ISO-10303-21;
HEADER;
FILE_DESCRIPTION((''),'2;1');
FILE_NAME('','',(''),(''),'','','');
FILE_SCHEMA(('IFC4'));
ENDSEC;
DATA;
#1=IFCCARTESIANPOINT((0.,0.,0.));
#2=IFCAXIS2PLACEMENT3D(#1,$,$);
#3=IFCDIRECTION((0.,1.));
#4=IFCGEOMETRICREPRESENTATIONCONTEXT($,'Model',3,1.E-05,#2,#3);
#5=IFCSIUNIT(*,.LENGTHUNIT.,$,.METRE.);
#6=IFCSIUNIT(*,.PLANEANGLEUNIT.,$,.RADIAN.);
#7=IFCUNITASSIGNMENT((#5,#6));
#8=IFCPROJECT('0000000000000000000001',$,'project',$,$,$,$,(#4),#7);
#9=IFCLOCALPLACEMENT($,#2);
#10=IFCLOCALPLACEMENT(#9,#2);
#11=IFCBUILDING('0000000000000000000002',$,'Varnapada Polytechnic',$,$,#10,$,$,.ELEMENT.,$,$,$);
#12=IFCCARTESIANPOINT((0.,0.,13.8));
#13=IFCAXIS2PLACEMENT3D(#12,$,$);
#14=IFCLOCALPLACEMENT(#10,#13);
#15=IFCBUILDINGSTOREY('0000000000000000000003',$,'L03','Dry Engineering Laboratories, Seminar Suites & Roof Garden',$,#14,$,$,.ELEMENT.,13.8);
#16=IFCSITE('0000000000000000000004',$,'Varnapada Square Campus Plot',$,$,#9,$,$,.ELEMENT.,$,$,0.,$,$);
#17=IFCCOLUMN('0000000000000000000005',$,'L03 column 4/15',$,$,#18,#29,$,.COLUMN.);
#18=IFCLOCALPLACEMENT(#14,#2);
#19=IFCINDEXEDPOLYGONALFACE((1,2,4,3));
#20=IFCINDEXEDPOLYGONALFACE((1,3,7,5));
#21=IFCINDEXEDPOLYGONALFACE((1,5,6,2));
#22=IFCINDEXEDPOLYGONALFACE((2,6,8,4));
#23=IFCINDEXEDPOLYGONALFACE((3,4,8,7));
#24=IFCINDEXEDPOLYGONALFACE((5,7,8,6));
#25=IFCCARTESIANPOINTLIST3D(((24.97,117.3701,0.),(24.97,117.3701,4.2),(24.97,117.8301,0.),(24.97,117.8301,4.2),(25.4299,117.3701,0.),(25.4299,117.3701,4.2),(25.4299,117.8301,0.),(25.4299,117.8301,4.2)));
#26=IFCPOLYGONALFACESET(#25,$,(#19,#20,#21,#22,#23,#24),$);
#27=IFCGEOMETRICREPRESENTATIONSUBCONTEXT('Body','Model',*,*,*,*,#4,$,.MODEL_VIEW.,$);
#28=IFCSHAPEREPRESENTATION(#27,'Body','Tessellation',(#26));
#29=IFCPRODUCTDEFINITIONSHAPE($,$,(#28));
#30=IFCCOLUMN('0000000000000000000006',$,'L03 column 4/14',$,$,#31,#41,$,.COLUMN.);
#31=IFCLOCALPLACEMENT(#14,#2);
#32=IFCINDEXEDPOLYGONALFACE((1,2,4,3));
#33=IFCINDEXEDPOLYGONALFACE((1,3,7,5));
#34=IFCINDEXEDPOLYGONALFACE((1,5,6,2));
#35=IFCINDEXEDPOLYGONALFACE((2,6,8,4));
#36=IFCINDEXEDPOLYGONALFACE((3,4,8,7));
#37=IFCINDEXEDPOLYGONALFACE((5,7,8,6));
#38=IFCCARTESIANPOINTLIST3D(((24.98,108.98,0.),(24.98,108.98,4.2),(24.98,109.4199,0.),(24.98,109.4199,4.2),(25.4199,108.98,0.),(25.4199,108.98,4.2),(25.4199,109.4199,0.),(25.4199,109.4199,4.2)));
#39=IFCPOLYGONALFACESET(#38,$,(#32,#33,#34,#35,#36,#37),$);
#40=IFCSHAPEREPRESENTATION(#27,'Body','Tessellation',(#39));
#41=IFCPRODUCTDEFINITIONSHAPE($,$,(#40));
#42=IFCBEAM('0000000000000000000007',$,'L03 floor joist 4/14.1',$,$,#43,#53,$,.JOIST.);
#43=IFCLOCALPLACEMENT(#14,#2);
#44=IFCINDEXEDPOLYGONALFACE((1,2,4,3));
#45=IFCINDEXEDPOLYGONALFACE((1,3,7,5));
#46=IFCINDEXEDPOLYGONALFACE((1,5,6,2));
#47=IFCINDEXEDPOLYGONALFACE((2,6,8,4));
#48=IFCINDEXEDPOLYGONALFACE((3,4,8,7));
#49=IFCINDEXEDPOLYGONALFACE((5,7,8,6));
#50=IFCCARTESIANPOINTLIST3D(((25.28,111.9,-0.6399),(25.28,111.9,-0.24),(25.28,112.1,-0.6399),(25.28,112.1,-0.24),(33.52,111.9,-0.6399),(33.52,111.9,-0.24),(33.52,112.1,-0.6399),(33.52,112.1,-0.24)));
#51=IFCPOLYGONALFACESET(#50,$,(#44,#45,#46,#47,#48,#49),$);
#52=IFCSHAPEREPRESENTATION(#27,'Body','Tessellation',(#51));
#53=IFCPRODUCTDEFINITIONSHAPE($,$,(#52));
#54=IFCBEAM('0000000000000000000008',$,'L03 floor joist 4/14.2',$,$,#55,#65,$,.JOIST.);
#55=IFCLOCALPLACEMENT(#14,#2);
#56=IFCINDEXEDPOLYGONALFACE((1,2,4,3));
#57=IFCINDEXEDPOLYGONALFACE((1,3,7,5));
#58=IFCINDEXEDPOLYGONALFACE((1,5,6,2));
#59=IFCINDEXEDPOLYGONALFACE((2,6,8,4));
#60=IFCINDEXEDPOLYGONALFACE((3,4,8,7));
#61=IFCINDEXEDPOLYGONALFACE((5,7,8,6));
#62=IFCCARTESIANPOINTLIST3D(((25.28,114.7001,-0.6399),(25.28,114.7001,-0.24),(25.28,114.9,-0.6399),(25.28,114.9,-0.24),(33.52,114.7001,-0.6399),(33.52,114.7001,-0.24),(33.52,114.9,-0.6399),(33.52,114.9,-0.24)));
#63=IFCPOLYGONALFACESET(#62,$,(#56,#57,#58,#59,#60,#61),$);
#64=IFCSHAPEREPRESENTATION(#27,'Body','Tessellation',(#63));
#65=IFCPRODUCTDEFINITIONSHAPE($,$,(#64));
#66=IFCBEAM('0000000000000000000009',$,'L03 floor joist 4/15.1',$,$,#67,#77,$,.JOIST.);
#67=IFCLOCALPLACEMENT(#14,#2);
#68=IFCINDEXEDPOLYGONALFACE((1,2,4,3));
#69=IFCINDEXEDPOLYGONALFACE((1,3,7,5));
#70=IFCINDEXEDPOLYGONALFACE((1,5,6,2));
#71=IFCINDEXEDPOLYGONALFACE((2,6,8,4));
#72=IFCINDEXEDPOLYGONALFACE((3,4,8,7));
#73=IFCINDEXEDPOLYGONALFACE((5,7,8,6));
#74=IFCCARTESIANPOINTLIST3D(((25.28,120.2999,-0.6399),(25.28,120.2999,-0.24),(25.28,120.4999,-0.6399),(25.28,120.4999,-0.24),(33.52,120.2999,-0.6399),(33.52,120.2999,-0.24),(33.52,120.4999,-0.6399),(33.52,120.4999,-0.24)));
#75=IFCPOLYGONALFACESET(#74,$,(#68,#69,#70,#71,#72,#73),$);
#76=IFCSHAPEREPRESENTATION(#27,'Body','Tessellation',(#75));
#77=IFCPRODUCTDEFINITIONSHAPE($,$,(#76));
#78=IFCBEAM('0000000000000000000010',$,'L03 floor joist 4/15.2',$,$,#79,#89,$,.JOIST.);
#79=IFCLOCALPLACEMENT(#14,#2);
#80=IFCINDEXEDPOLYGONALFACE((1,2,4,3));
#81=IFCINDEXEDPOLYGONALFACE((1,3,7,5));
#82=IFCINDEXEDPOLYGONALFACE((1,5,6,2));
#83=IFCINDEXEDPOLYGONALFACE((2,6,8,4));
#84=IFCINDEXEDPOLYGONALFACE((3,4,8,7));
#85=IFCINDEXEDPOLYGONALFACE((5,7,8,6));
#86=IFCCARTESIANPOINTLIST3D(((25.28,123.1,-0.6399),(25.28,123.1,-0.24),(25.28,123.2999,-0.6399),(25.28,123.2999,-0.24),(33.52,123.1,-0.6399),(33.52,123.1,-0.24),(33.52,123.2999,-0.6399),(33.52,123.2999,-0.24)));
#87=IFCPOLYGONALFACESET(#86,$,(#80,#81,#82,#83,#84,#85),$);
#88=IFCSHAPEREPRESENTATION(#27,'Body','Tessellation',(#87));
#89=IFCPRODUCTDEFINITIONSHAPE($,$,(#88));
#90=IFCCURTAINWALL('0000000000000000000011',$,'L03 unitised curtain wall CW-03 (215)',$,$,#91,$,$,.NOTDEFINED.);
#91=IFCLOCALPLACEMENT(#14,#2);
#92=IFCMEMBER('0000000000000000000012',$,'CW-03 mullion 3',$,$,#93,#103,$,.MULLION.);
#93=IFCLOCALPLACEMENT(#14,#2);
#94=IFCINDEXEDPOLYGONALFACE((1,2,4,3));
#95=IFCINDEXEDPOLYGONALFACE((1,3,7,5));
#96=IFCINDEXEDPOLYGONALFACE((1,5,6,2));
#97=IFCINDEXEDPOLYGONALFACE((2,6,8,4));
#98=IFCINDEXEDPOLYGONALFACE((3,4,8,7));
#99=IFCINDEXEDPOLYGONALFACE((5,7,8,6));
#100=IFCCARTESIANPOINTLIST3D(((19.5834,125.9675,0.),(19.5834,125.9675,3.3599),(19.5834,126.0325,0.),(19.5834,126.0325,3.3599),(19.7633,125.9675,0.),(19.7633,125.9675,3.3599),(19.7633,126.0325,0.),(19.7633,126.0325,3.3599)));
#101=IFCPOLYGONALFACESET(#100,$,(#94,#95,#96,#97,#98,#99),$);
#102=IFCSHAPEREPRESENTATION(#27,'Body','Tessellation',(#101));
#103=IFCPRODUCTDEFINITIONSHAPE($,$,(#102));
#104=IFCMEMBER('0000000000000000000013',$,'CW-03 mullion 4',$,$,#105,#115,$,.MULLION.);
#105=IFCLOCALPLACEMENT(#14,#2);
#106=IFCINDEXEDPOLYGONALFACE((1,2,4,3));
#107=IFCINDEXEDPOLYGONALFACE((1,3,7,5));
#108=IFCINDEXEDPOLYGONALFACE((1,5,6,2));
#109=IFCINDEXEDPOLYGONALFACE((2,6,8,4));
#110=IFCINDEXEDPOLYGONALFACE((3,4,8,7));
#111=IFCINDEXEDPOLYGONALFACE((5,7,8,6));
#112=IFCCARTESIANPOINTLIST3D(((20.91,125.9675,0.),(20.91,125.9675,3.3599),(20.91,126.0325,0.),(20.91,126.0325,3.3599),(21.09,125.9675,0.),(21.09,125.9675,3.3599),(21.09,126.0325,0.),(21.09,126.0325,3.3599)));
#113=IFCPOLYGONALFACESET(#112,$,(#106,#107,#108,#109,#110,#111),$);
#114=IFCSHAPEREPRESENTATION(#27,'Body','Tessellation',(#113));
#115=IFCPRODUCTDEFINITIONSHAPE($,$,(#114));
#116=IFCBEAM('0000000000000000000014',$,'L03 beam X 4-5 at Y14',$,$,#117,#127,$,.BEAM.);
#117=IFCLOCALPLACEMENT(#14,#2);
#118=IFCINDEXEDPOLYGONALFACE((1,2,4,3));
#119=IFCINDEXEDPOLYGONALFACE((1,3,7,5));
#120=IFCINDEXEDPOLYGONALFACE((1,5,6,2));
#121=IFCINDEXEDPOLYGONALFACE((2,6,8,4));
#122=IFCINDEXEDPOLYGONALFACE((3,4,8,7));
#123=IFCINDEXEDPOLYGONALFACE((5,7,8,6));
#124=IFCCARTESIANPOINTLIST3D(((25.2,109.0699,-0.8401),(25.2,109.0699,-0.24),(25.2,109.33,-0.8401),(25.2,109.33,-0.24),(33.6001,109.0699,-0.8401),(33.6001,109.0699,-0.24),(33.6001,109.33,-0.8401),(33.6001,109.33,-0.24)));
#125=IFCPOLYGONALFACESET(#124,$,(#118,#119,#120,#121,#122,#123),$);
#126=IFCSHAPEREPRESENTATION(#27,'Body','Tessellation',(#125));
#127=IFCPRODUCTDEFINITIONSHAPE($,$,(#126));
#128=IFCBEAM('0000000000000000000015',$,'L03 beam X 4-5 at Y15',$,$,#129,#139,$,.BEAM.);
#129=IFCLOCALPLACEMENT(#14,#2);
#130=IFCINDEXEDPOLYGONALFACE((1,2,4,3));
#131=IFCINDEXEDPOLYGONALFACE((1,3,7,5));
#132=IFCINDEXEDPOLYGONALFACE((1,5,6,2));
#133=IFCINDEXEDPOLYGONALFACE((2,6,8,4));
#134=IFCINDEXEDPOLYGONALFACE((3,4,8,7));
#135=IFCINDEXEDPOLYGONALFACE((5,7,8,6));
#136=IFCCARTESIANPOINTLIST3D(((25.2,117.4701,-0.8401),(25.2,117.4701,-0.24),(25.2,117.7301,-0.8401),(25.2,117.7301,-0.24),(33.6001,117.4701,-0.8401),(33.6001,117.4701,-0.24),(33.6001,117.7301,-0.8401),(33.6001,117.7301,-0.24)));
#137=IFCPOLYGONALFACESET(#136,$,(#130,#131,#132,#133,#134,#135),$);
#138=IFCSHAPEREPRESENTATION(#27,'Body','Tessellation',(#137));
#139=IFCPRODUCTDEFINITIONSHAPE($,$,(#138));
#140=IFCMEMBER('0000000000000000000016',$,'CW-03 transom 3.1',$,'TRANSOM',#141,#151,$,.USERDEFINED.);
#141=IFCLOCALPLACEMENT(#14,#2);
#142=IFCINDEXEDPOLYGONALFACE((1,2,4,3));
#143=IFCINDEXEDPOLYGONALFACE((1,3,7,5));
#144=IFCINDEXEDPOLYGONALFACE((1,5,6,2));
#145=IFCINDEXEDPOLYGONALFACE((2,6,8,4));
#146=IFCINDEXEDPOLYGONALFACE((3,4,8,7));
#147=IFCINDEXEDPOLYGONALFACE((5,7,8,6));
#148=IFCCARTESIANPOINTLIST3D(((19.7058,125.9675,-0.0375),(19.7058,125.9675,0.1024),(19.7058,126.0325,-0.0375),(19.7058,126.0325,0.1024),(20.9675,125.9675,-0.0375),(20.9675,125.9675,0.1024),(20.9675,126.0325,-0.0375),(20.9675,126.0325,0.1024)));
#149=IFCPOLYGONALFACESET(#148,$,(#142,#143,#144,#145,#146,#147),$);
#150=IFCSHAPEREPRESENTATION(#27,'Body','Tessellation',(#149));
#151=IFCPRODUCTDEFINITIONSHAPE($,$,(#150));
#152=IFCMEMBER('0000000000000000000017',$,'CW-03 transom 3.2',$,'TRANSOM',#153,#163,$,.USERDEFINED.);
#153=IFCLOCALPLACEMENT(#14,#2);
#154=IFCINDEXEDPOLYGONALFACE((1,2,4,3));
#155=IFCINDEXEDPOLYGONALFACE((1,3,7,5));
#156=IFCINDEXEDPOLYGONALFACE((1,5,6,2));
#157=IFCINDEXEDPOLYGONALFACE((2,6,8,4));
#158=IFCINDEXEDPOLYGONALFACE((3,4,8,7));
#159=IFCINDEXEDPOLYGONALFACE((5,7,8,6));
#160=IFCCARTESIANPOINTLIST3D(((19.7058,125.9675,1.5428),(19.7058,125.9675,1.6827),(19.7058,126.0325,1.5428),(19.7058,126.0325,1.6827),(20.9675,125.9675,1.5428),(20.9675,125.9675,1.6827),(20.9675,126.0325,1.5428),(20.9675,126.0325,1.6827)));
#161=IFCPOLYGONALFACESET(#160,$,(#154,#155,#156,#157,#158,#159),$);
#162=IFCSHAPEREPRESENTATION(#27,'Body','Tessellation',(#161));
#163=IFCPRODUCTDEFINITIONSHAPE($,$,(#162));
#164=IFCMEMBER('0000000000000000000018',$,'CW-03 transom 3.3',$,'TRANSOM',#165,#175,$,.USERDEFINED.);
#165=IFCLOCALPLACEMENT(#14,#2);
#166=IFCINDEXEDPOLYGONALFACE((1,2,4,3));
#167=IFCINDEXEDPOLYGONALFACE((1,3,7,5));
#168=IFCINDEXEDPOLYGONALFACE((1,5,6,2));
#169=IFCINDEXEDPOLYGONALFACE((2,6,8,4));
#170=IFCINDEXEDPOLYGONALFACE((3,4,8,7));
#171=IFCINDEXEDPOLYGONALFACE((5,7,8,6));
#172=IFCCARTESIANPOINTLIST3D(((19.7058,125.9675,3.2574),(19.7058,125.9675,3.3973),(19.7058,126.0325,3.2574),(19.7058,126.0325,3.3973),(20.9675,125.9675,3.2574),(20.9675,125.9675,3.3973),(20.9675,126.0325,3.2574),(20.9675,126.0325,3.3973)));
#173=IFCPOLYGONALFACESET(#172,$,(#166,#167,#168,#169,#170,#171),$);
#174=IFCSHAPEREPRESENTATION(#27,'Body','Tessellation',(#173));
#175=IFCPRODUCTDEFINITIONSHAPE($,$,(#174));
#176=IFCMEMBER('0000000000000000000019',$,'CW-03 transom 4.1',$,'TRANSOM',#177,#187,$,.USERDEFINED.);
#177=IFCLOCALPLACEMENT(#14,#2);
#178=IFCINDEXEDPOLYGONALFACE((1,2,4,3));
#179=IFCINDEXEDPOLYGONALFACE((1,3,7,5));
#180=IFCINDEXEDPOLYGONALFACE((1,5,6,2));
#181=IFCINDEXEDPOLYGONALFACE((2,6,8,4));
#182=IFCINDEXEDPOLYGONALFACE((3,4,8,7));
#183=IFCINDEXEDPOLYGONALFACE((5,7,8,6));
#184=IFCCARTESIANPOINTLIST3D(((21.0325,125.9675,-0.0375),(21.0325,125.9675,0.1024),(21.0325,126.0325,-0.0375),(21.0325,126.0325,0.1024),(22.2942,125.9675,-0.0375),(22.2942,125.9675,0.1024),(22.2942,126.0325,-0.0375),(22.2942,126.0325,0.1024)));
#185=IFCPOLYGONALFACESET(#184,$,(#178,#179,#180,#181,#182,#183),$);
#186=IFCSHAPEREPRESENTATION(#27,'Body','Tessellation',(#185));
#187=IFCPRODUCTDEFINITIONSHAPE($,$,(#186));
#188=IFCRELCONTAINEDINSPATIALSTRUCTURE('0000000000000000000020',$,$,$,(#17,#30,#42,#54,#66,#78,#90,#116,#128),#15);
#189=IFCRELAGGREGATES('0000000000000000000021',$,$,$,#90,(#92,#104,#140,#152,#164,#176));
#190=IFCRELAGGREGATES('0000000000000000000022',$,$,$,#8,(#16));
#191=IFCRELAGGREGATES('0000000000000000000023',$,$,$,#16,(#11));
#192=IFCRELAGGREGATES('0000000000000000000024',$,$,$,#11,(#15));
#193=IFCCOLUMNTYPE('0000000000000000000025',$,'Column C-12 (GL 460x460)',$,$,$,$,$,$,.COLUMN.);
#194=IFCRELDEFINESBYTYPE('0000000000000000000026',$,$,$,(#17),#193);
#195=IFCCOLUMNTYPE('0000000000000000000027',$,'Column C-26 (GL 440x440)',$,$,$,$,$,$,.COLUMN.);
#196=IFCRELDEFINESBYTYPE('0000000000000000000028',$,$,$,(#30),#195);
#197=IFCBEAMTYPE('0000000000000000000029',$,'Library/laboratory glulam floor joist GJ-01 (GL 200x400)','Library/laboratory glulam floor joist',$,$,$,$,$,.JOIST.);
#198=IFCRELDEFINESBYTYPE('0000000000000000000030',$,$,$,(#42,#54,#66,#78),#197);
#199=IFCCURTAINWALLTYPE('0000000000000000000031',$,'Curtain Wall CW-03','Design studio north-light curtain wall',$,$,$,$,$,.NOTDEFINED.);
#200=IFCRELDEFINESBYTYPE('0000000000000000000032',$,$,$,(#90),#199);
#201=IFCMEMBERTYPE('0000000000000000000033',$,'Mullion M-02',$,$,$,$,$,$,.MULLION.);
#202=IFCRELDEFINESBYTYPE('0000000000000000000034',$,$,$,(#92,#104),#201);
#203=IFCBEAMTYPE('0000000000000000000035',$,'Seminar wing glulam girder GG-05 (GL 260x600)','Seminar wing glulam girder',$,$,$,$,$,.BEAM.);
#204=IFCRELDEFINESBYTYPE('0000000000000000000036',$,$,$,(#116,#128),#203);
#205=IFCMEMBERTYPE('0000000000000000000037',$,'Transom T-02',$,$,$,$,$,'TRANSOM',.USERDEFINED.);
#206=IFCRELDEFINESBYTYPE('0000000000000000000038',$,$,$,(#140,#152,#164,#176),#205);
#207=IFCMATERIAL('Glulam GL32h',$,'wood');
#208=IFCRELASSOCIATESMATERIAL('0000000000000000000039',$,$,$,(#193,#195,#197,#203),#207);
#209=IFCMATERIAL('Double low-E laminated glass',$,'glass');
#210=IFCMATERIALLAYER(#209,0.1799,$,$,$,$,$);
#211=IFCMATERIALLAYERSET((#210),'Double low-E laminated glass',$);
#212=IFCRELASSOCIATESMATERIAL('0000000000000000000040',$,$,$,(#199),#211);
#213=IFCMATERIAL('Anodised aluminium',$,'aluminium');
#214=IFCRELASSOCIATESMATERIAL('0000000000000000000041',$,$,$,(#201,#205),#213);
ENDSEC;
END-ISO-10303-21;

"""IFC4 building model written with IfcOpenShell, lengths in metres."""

from ifc_helpers import new_model, si_unit, direction, frame, origin, origin_2d, place, context, subcontext, project, spatial, rectangle, extrude, material, layer, layer_set, material_profile, profile_set, type_object, element, aggregate, save


model = new_model("IFC4")

# Units and contexts
model_context = context("Model", 3, precision=1e-05, world=origin(), true_north=direction((0.0, 1.0)))
body_context = subcontext(model_context, "Body", "Model", "MODEL_VIEW")
ifc_project = project(units=[si_unit("LENGTHUNIT", "METRE"), si_unit("PLANEANGLEUNIT", "RADIAN")], contexts=[model_context])

# Site, building, storey
site_placement = place(None, origin())
site = spatial("IfcSite", under=ifc_project, at=site_placement, Name="Varnapada Square Campus Plot", CompositionType="ELEMENT", RefElevation=0.0)
building_placement = place(site_placement, origin())
building = spatial("IfcBuilding", under=site, at=building_placement, Name="Varnapada Polytechnic", CompositionType="ELEMENT")
storey_placement = place(building_placement, frame((0.0, 0.0, 13.8)))
storey = spatial("IfcBuildingStorey", under=building, at=storey_placement, Name="L03", Description="Dry Engineering Laboratories, Seminar Suites & Roof Garden", CompositionType="ELEMENT", Elevation=13.8)

# Columns
ifc_material_1 = material(Name="Glulam GL32h", Category="wood")
ifc_material_profile_1 = material_profile(ifc_material_1, rectangle(XDim=0.46, YDim=0.46, at=origin_2d()), Name="GL 460x460")
ifc_profile_set_1 = profile_set([ifc_material_profile_1], Name="Glulam GL32h")
column_type_1 = type_object("IfcColumnType", Name="Column C-12 (GL 460x460)", PredefinedType="COLUMN", material=ifc_profile_set_1)
column_1_placement = place(storey_placement, frame((25.2, 117.6001, 0.0), z_axis=(0.0, 0.0, 1.0), x_axis=(1.0, 0.0, 0.0)))
element("IfcColumn", 1, at=column_1_placement, inside=storey, type_object=column_type_1, Name="L03 column 4/15", PredefinedType="COLUMN", context=body_context, shape_type="SweptSolid", body=[
    extrude(rectangle(XDim=0.46, YDim=0.46, at=origin_2d()), origin(), (0.0, 0.0, 1.0), 4.2),
])
ifc_material_profile_2 = material_profile(ifc_material_1, rectangle(XDim=0.4399, YDim=0.4399, at=origin_2d()), Name="GL 440x440")
ifc_profile_set_2 = profile_set([ifc_material_profile_2], Name="Glulam GL32h")
column_type_2 = type_object("IfcColumnType", Name="Column C-26 (GL 440x440)", PredefinedType="COLUMN", material=ifc_profile_set_2)
column_2_placement = place(storey_placement, frame((25.2, 109.2, 0.0), z_axis=(0.0, 0.0, 1.0), x_axis=(1.0, 0.0, 0.0)))
element("IfcColumn", 2, at=column_2_placement, inside=storey, type_object=column_type_2, Name="L03 column 4/14", PredefinedType="COLUMN", context=body_context, shape_type="SweptSolid", body=[
    extrude(rectangle(XDim=0.4399, YDim=0.4399, at=origin_2d()), origin(), (0.0, 0.0, 1.0), 4.2),
])

# Beams
ifc_material_profile_3 = material_profile(ifc_material_1, rectangle(XDim=0.2, YDim=0.3999, at=origin_2d()), Name="GL 200x400")
ifc_profile_set_3 = profile_set([ifc_material_profile_3], Name="Glulam GL32h")
beam_type_1 = type_object("IfcBeamType", Name="Library/laboratory glulam floor joist GJ-01 (GL 200x400)", Description="Library/laboratory glulam floor joist", PredefinedType="JOIST", material=ifc_profile_set_3)
for number, where, z_axis, x_axis, name in (
    (3, (25.28, 112.0, -0.4399), (1.0, 0.0, 0.0), (0.0, 1.0, 0.0), "L03 floor joist 4/14.1"),
    (4, (25.28, 114.8, -0.4399), (1.0, 0.0, 0.0), (0.0, 1.0, 0.0), "L03 floor joist 4/14.2"),
    (5, (25.28, 120.3999, -0.4399), (1.0, 0.0, 0.0), (0.0, 1.0, 0.0), "L03 floor joist 4/15.1"),
    (6, (25.28, 123.2, -0.4399), (1.0, 0.0, 0.0), (0.0, 1.0, 0.0), "L03 floor joist 4/15.2"),
):
    element("IfcBeam", number, at=place(storey_placement, frame(where, z_axis=z_axis, x_axis=x_axis)), inside=storey, type_object=beam_type_1, Name=name, PredefinedType="JOIST", context=body_context, shape_type="SweptSolid", body=[
        extrude(rectangle(XDim=0.2, YDim=0.3999, at=origin_2d()), origin(), (0.0, 0.0, 1.0), 8.24),
    ])

# Curtain wall, members
ifc_material_2 = material(Name="Double low-E laminated glass", Category="glass")
ifc_layer_1 = layer(ifc_material_2, 0.1799)
ifc_layer_set_1 = layer_set([ifc_layer_1], Name="Double low-E laminated glass")
curtain_wall_type = type_object("IfcCurtainWallType", Name="Curtain Wall CW-03", Description="Design studio north-light curtain wall", PredefinedType="NOTDEFINED", material=ifc_layer_set_1)
curtain_wall_placement = place(storey_placement, origin())
curtain_wall = element("IfcCurtainWall", 7, at=curtain_wall_placement, inside=storey, type_object=curtain_wall_type, Name="L03 unitised curtain wall CW-03 (215)", PredefinedType="NOTDEFINED")
ifc_material_3 = material(Name="Anodised aluminium", Category="aluminium")
ifc_material_profile_4 = material_profile(ifc_material_3, rectangle(XDim=0.0649, YDim=0.1799, at=origin_2d()), Name="ALU M65x180")
ifc_profile_set_4 = profile_set([ifc_material_profile_4], Name="Anodised aluminium")
member_type_1 = type_object("IfcMemberType", Name="Mullion M-02", PredefinedType="MULLION", material=ifc_profile_set_4)
member_1_placement = place(storey_placement, frame((19.6733, 126.0, 0.0), z_axis=(0.0, 0.0, 1.0), x_axis=(0.0, 1.0, 0.0)))
member_1 = element("IfcMember", 8, at=member_1_placement, type_object=member_type_1, Name="CW-03 mullion 3", PredefinedType="MULLION", context=body_context, shape_type="SweptSolid", body=[
    extrude(rectangle(XDim=0.0649, YDim=0.1799, at=origin_2d()), origin(), (0.0, 0.0, 1.0), 3.3599),
])
member_2_placement = place(storey_placement, frame((21.0, 126.0, 0.0), z_axis=(0.0, 0.0, 1.0), x_axis=(0.0, 1.0, 0.0)))
member_2 = element("IfcMember", 9, at=member_2_placement, type_object=member_type_1, Name="CW-03 mullion 4", PredefinedType="MULLION", context=body_context, shape_type="SweptSolid", body=[
    extrude(rectangle(XDim=0.0649, YDim=0.1799, at=origin_2d()), origin(), (0.0, 0.0, 1.0), 3.3599),
])

# Beams
ifc_material_profile_5 = material_profile(ifc_material_1, rectangle(XDim=0.26, YDim=0.6001, at=origin_2d()), Name="GL 260x600")
ifc_profile_set_5 = profile_set([ifc_material_profile_5], Name="Glulam GL32h")
beam_type_2 = type_object("IfcBeamType", Name="Seminar wing glulam girder GG-05 (GL 260x600)", Description="Seminar wing glulam girder", PredefinedType="BEAM", material=ifc_profile_set_5)
for number, where, z_axis, x_axis, name in (
    (10, (25.2, 109.2, -0.54), (1.0, 0.0, 0.0), (0.0, 1.0, 0.0), "L03 beam X 4-5 at Y14"),
    (11, (25.2, 117.6001, -0.54), (1.0, 0.0, 0.0), (0.0, 1.0, 0.0), "L03 beam X 4-5 at Y15"),
):
    element("IfcBeam", number, at=place(storey_placement, frame(where, z_axis=z_axis, x_axis=x_axis)), inside=storey, type_object=beam_type_2, Name=name, PredefinedType="BEAM", context=body_context, shape_type="SweptSolid", body=[
        extrude(rectangle(XDim=0.26, YDim=0.6001, at=origin_2d()), origin(), (0.0, 0.0, 1.0), 8.4001),
    ])

# Members
ifc_material_profile_6 = material_profile(ifc_material_3, rectangle(XDim=0.0649, YDim=0.1399, at=origin_2d()), Name="ALU T65x140")
ifc_profile_set_6 = profile_set([ifc_material_profile_6], Name="Anodised aluminium")
member_type_2 = type_object("IfcMemberType", Name="Transom T-02", ElementType="TRANSOM", PredefinedType="USERDEFINED", material=ifc_profile_set_6)
member_3_placement = place(storey_placement, frame((19.7058, 126.0, 0.0325), z_axis=(1.0, 0.0, 0.0), x_axis=(0.0, 1.0, 0.0)))
member_3 = element("IfcMember", 12, at=member_3_placement, type_object=member_type_2, Name="CW-03 transom 3.1", ObjectType="TRANSOM", PredefinedType="USERDEFINED", context=body_context, shape_type="SweptSolid", body=[
    extrude(rectangle(XDim=0.0649, YDim=0.1399, at=origin_2d()), origin(), (0.0, 0.0, 1.0), 1.2617),
])
member_4_placement = place(storey_placement, frame((19.7058, 126.0, 1.6128), z_axis=(1.0, 0.0, 0.0), x_axis=(0.0, 1.0, 0.0)))
member_4 = element("IfcMember", 13, at=member_4_placement, type_object=member_type_2, Name="CW-03 transom 3.2", ObjectType="TRANSOM", PredefinedType="USERDEFINED", context=body_context, shape_type="SweptSolid", body=[
    extrude(rectangle(XDim=0.0649, YDim=0.1399, at=origin_2d()), origin(), (0.0, 0.0, 1.0), 1.2617),
])
member_5_placement = place(storey_placement, frame((19.7058, 126.0, 3.3274), z_axis=(1.0, 0.0, 0.0), x_axis=(0.0, 1.0, 0.0)))
member_5 = element("IfcMember", 14, at=member_5_placement, type_object=member_type_2, Name="CW-03 transom 3.3", ObjectType="TRANSOM", PredefinedType="USERDEFINED", context=body_context, shape_type="SweptSolid", body=[
    extrude(rectangle(XDim=0.0649, YDim=0.1399, at=origin_2d()), origin(), (0.0, 0.0, 1.0), 1.2617),
])
member_6_placement = place(storey_placement, frame((21.0325, 126.0, 0.0325), z_axis=(1.0, 0.0, 0.0), x_axis=(0.0, 1.0, 0.0)))
member_6 = element("IfcMember", 15, at=member_6_placement, type_object=member_type_2, Name="CW-03 transom 4.1", ObjectType="TRANSOM", PredefinedType="USERDEFINED", context=body_context, shape_type="SweptSolid", body=[
    extrude(rectangle(XDim=0.0649, YDim=0.1399, at=origin_2d()), origin(), (0.0, 0.0, 1.0), 1.2617),
])

aggregate(curtain_wall, [member_1, member_2, member_3, member_4, member_5, member_6])

save(model, "model.ifc")
